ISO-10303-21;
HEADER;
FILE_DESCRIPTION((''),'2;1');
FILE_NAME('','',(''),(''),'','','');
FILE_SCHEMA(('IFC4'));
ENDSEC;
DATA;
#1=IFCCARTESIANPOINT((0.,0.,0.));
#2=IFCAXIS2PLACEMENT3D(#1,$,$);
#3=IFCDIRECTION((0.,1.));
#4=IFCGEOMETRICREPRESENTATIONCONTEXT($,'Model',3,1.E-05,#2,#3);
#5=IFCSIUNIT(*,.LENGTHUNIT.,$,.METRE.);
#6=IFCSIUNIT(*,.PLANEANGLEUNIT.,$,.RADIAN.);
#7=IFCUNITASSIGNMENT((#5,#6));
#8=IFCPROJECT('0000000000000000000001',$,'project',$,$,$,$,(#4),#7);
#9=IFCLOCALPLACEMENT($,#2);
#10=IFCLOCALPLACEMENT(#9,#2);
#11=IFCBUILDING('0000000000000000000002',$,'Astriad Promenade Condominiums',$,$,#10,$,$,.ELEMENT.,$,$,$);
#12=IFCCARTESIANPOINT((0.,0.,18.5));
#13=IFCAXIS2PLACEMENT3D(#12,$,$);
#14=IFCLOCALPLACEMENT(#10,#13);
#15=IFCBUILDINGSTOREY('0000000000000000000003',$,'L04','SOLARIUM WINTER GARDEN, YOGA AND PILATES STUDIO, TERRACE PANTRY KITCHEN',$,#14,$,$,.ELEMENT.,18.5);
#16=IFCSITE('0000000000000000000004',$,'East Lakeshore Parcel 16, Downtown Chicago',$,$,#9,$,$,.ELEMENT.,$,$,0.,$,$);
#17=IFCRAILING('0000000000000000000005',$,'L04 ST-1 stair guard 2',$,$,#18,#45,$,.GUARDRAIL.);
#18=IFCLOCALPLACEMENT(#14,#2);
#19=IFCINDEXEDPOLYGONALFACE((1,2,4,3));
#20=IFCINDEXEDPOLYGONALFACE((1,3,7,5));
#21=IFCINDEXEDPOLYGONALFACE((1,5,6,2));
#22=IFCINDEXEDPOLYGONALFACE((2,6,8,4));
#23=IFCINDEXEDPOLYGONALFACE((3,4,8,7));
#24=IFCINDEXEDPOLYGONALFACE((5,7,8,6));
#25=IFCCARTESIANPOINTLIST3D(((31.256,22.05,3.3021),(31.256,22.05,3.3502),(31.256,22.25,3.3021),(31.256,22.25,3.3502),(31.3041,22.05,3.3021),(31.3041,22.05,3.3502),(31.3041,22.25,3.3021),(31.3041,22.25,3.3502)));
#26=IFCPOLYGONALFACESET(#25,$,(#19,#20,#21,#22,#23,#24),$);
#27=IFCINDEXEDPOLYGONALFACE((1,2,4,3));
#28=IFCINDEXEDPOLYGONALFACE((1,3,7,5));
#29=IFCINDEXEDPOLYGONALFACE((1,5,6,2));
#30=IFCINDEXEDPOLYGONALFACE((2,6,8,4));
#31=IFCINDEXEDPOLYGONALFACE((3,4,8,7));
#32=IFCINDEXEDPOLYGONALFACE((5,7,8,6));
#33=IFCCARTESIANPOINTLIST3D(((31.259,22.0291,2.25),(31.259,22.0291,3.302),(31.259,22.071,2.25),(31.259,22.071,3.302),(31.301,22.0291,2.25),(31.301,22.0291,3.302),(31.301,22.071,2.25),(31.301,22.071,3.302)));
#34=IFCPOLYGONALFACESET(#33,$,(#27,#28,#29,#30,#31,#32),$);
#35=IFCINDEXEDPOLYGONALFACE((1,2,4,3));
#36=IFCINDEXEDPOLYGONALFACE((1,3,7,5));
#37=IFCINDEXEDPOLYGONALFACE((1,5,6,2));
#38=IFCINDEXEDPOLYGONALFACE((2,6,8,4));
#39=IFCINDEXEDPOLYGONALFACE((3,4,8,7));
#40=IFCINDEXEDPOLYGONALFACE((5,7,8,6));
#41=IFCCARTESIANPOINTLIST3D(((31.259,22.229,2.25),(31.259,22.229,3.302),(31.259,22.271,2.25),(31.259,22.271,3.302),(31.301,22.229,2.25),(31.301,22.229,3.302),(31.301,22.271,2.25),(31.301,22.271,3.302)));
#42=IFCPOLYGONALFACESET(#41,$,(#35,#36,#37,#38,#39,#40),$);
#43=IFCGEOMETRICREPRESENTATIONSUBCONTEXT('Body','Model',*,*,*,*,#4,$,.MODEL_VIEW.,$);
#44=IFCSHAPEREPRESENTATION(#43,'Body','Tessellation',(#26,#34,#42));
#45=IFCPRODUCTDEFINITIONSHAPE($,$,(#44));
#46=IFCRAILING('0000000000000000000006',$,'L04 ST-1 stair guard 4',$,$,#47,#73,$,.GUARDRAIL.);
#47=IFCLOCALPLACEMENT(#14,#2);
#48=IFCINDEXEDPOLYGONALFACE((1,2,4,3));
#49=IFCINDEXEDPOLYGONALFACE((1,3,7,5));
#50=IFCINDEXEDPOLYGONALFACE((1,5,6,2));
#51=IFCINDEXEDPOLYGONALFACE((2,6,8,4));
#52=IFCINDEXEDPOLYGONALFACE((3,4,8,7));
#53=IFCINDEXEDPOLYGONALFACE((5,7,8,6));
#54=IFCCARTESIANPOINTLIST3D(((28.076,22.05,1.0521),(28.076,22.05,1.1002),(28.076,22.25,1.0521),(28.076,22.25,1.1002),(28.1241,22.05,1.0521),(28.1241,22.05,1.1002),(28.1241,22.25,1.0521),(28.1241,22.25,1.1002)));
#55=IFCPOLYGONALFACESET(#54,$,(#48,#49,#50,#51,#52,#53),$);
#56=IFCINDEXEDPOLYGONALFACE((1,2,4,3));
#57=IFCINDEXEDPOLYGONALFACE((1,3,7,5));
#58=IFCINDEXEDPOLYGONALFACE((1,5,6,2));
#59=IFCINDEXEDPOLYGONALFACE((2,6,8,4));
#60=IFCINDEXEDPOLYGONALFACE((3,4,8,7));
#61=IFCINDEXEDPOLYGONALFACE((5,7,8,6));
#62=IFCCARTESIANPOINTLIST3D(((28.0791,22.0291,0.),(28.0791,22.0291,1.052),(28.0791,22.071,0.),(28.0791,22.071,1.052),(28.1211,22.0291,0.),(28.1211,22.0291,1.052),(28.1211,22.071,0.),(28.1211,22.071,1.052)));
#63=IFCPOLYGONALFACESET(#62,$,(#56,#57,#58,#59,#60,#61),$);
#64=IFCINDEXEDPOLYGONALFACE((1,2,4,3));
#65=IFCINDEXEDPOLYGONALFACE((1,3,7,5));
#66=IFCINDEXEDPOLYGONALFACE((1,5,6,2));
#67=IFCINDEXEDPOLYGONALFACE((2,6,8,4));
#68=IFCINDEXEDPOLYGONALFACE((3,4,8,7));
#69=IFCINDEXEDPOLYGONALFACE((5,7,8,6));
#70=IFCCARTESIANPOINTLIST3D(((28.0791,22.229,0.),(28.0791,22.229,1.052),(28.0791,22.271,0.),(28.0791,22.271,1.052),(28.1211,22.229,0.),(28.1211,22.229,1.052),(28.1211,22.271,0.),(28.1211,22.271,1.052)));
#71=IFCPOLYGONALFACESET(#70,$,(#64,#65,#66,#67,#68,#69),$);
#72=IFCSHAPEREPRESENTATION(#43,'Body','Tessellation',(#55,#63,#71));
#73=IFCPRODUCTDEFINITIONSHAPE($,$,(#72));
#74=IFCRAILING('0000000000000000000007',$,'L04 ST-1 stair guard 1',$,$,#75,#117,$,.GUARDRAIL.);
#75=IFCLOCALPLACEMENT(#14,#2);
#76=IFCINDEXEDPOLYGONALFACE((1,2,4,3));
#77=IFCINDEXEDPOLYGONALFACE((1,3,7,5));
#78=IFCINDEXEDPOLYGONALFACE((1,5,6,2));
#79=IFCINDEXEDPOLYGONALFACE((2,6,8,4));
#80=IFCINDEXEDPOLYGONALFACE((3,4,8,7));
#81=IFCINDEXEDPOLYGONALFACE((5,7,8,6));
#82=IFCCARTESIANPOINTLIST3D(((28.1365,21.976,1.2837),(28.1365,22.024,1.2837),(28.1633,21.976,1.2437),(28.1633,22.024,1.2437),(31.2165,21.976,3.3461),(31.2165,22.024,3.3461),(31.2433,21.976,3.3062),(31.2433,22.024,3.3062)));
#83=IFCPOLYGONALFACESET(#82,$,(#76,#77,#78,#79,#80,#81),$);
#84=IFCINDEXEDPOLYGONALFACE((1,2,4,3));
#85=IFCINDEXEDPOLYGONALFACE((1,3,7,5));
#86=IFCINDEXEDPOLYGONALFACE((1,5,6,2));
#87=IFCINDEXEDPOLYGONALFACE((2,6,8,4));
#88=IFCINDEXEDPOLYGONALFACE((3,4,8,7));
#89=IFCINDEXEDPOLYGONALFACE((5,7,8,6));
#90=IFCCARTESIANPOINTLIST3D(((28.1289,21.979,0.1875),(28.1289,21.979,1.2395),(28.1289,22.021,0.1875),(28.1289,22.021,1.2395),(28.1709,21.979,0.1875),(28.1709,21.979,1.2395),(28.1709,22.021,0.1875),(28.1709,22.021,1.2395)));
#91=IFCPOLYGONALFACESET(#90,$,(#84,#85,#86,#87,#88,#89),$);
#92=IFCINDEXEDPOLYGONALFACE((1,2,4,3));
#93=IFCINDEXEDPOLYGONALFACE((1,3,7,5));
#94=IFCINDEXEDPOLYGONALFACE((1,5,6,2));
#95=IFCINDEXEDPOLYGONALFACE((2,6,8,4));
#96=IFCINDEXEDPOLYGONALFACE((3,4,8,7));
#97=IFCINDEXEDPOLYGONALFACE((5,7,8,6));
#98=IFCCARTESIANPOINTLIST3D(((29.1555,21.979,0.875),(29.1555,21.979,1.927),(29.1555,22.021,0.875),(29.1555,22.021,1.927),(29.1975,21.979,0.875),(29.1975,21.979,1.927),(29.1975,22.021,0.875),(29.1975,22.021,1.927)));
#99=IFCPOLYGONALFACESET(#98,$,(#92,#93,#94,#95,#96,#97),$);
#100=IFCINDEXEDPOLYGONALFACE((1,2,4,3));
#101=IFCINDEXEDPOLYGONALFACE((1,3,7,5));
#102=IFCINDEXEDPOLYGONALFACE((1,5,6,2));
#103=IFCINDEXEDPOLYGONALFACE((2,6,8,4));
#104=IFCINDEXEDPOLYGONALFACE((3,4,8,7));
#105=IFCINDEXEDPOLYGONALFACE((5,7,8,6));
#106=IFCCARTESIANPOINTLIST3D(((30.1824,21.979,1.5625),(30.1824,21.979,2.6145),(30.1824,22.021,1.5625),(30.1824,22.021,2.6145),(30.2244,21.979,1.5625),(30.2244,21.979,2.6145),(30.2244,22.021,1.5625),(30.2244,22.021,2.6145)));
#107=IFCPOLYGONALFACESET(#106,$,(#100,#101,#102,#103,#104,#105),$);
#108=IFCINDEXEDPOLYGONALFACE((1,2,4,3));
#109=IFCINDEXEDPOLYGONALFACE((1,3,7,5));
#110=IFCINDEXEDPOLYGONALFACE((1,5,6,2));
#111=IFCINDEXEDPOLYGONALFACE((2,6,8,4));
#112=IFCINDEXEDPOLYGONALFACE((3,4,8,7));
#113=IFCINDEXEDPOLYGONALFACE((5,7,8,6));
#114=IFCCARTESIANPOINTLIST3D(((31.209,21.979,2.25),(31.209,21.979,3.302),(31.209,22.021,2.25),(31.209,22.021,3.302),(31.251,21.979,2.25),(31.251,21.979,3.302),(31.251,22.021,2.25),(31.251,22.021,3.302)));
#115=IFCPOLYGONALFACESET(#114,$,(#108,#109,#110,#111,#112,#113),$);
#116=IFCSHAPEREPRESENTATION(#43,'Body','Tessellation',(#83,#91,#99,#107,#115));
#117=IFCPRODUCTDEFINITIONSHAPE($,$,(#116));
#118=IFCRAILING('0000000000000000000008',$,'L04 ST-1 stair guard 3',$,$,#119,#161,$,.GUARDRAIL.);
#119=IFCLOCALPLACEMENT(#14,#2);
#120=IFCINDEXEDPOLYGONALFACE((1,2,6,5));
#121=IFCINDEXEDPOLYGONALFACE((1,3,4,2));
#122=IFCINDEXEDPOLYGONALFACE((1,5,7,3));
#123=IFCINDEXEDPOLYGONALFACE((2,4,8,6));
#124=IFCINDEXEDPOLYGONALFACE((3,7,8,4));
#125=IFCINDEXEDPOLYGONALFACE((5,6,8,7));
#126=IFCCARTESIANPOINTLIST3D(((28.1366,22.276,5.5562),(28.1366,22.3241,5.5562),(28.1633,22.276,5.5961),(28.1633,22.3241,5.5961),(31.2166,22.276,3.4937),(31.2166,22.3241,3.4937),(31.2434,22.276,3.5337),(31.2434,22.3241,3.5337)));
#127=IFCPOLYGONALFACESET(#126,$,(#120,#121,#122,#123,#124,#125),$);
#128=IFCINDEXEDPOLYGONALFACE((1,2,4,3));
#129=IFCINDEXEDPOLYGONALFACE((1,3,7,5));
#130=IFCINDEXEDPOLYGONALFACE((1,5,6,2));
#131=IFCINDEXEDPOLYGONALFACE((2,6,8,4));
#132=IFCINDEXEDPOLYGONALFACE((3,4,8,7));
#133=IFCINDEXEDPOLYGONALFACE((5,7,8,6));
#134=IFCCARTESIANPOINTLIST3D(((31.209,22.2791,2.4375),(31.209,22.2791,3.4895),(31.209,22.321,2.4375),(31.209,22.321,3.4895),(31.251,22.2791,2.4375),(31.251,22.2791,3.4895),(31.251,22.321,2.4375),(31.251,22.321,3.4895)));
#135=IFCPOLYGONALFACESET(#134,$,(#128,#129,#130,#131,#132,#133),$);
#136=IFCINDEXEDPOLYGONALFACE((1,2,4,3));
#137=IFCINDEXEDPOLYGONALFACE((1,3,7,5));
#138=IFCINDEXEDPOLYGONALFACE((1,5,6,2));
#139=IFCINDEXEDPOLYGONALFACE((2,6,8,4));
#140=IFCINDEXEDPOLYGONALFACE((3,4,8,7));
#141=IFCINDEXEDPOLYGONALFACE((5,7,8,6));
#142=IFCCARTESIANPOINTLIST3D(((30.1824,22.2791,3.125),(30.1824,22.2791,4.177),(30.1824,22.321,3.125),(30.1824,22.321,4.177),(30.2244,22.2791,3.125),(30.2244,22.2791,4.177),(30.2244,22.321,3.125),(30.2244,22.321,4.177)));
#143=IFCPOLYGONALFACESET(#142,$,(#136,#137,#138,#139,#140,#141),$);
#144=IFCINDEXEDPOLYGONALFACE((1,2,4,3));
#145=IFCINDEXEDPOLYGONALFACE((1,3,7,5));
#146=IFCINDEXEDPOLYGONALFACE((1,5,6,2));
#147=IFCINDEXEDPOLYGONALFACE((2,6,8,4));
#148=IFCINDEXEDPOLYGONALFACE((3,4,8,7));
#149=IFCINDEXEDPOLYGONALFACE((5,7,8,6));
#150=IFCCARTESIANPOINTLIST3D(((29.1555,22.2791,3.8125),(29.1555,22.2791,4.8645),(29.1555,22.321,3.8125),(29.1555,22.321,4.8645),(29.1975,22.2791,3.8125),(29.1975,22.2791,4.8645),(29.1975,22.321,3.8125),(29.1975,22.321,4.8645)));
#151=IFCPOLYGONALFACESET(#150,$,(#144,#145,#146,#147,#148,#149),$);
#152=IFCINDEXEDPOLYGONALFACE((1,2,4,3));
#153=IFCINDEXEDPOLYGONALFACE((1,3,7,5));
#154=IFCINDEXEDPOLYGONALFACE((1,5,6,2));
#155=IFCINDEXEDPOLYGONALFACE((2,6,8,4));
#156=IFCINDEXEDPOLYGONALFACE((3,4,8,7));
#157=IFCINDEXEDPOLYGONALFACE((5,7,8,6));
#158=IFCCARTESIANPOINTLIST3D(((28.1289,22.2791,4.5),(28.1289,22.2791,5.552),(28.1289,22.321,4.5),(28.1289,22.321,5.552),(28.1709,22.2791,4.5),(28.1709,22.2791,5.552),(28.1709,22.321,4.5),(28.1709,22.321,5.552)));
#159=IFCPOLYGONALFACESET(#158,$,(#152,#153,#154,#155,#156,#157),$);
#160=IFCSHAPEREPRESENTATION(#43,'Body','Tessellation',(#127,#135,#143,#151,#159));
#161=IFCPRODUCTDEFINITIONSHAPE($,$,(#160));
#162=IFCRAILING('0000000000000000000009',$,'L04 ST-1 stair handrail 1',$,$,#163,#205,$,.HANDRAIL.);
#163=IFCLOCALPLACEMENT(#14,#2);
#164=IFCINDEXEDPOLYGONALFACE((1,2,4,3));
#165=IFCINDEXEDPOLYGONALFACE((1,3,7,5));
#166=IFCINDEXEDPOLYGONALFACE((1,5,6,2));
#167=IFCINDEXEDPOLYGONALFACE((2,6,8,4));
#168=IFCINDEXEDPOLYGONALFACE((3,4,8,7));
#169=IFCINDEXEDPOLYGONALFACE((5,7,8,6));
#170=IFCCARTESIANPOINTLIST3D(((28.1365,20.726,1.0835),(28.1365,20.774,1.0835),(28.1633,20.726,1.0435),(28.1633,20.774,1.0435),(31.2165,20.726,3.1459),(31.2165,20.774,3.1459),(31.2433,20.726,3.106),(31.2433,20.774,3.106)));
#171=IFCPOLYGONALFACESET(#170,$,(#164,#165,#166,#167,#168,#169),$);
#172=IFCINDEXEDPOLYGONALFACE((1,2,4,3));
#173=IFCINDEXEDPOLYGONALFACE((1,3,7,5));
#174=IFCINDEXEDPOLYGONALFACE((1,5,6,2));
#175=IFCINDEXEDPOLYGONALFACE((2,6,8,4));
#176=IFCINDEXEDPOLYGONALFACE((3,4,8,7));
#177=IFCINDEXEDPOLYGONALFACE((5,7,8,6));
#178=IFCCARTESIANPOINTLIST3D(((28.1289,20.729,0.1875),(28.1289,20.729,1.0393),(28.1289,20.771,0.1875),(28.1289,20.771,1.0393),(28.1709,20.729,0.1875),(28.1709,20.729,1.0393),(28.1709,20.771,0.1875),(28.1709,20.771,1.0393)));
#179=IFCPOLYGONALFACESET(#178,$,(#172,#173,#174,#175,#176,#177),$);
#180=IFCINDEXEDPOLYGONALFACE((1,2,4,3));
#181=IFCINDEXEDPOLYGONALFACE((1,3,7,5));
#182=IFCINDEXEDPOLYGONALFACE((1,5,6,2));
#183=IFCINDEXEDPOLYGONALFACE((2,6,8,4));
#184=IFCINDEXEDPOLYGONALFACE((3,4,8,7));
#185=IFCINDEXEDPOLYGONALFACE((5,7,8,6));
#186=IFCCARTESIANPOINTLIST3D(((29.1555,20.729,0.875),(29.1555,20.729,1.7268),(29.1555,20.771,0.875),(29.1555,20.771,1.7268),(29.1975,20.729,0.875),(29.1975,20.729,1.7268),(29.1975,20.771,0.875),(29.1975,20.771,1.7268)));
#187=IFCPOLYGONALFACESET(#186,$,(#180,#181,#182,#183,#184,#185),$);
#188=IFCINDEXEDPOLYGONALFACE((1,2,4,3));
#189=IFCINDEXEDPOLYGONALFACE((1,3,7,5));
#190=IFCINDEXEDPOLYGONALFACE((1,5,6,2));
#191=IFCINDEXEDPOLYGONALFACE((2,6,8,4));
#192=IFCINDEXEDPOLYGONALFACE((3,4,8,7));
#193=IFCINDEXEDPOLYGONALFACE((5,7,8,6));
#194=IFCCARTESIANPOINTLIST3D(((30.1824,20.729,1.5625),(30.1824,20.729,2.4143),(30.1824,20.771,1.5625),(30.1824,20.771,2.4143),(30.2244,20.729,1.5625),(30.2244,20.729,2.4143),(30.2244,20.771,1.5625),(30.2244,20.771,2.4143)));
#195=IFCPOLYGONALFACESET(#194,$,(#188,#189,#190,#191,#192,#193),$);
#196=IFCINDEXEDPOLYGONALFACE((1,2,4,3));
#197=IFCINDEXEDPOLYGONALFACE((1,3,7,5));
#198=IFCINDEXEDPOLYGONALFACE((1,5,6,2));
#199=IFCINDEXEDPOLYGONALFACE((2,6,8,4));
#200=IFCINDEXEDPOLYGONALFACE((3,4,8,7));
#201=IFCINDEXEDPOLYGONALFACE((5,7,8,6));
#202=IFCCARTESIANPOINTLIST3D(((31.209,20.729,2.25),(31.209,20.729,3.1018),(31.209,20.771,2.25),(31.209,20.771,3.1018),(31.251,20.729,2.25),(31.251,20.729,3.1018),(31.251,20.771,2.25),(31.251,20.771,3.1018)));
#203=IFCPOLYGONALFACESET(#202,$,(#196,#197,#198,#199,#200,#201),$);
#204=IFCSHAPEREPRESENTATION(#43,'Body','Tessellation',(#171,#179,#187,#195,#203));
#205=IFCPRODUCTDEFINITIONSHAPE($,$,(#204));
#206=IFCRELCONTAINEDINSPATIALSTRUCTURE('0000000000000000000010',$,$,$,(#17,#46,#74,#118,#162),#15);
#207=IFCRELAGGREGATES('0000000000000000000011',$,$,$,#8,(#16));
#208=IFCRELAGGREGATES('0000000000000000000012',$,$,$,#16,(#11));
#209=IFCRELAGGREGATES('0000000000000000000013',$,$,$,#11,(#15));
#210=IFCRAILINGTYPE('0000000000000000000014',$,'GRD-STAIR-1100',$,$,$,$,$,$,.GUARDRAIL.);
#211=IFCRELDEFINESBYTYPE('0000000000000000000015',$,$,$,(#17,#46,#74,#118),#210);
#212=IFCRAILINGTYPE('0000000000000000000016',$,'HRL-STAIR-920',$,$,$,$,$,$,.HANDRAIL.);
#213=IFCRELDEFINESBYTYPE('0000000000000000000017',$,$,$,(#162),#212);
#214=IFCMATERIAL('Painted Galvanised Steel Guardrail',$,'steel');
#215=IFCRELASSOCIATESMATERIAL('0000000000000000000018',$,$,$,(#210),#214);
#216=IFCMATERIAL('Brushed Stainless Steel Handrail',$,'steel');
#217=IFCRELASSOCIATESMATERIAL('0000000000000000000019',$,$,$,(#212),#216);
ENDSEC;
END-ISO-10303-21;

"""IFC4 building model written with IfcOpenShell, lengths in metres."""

from ifc_helpers import new_model, si_unit, direction, frame, origin, origin_2d, place, context, subcontext, project, spatial, rectangle, extrude, source, transform, mapped, material, type_object, type_shapes, element, save


model = new_model("IFC4")

# Units and contexts
model_context = context("Model", 3, precision=1e-05, world=origin(), true_north=direction((0.0, 1.0)))
body_context = subcontext(model_context, "Body", "Model", "MODEL_VIEW")
ifc_project = project(units=[si_unit("LENGTHUNIT", "METRE"), si_unit("PLANEANGLEUNIT", "RADIAN")], contexts=[model_context])

# Site, building, storey
site_placement = place(None, origin())
site = spatial("IfcSite", under=ifc_project, at=site_placement, Name="East Lakeshore Parcel 16, Downtown Chicago", CompositionType="ELEMENT", RefElevation=0.0)
building_placement = place(site_placement, origin())
building = spatial("IfcBuilding", under=site, at=building_placement, Name="Astriad Promenade Condominiums", CompositionType="ELEMENT")
storey_placement = place(building_placement, frame((0.0, 0.0, 18.5)))
storey = spatial("IfcBuildingStorey", under=building, at=storey_placement, Name="L04", Description="SOLARIUM WINTER GARDEN, YOGA AND PILATES STUDIO, TERRACE PANTRY KITCHEN", CompositionType="ELEMENT", Elevation=18.5)

# Railings
ifc_material_1 = material(Name="Painted Galvanised Steel Guardrail", Category="steel")
railing_type_1 = type_object("IfcRailingType", Name="GRD-STAIR-1100", PredefinedType="GUARDRAIL", material=ifc_material_1)
shared_shape_1 = source(origin(), body_context, "Body", "SweptSolid", [
    extrude(rectangle(XDim=0.0481, YDim=0.0481, at=origin_2d()), frame((0.0, 0.0, 1.0762), z_axis=(0.0, 1.0, 0.0), x_axis=(-1.0, 0.0, 0.0)), (0.0, 0.0, 1.0), 0.2),
    extrude(rectangle(XDim=0.042, YDim=0.042, at=origin_2d()), origin(), (0.0, 0.0, 1.0), 1.052),
    extrude(rectangle(XDim=0.042, YDim=0.042, at=origin_2d()), frame((0.0, 0.2, 0.0)), (0.0, 0.0, 1.0), 1.052),
])
for number, where, name in (
    (1, (31.28, 22.05, 2.25), "L04 ST-1 stair guard 2"),
    (2, (28.1001, 22.05, 0.0), "L04 ST-1 stair guard 4"),
):
    element("IfcRailing", number, at=place(storey_placement, frame(where)), inside=storey, type_object=railing_type_1, Name=name, PredefinedType="GUARDRAIL", context=body_context, shape_type="MappedRepresentation", body=[
        mapped(shared_shape_1, transform((0.0, 0.0, 0.0), scale=1.0)),
    ])
shared_shape_2 = source(origin(), body_context, "Body", "SweptSolid", [
    extrude(rectangle(XDim=0.0481, YDim=0.0481, at=origin_2d()), frame((0.0, 0.0, 1.0762), z_axis=(0.830914, 0.0, 0.556401), x_axis=(0.0, 1.0, 0.0)), (0.0, 0.0, 1.0), 3.7068),
    extrude(rectangle(XDim=0.042, YDim=0.042, at=origin_2d()), origin(), (0.0, 0.0, 1.0), 1.052),
    extrude(rectangle(XDim=0.042, YDim=0.042, at=origin_2d()), frame((1.0266, 0.0, 0.6875)), (0.0, 0.0, 1.0), 1.052),
    extrude(rectangle(XDim=0.042, YDim=0.042, at=origin_2d()), frame((2.0535, 0.0, 1.375)), (0.0, 0.0, 1.0), 1.052),
    extrude(rectangle(XDim=0.042, YDim=0.042, at=origin_2d()), frame((3.0801, 0.0, 2.0625)), (0.0, 0.0, 1.0), 1.052),
])
railing_1_placement = place(storey_placement, frame((28.1499, 22.0, 0.1875)))
element("IfcRailing", 3, at=railing_1_placement, inside=storey, type_object=railing_type_1, Name="L04 ST-1 stair guard 1", PredefinedType="GUARDRAIL", context=body_context, shape_type="MappedRepresentation", body=[
    mapped(shared_shape_2, transform((0.0, 0.0, 0.0), scale=1.0)),
])
shared_shape_3 = source(origin(), body_context, "Body", "SweptSolid", [
    extrude(rectangle(XDim=0.0481, YDim=0.0481, at=origin_2d()), frame((0.0, 0.0, 1.0762), z_axis=(-0.830914, 0.0, 0.556401), x_axis=(0.0, -1.0, 0.0)), (0.0, 0.0, 1.0), 3.7068),
    extrude(rectangle(XDim=0.042, YDim=0.042, at=origin_2d()), origin(), (0.0, 0.0, 1.0), 1.052),
    extrude(rectangle(XDim=0.042, YDim=0.042, at=origin_2d()), frame((-1.0266, 0.0, 0.6875)), (0.0, 0.0, 1.0), 1.052),
    extrude(rectangle(XDim=0.042, YDim=0.042, at=origin_2d()), frame((-2.0535, 0.0, 1.375)), (0.0, 0.0, 1.0), 1.052),
    extrude(rectangle(XDim=0.042, YDim=0.042, at=origin_2d()), frame((-3.0801, 0.0, 2.0625)), (0.0, 0.0, 1.0), 1.052),
])
type_shapes(railing_type_1, [shared_shape_1, shared_shape_2, shared_shape_3])
railing_2_placement = place(storey_placement, frame((31.23, 22.3, 2.4375)))
element("IfcRailing", 4, at=railing_2_placement, inside=storey, type_object=railing_type_1, Name="L04 ST-1 stair guard 3", PredefinedType="GUARDRAIL", context=body_context, shape_type="MappedRepresentation", body=[
    mapped(shared_shape_3, transform((0.0, 0.0, 0.0), scale=1.0)),
])
ifc_material_2 = material(Name="Brushed Stainless Steel Handrail", Category="steel")
railing_type_2 = type_object("IfcRailingType", Name="HRL-STAIR-920", PredefinedType="HANDRAIL", material=ifc_material_2)
shared_shape_4 = source(origin(), body_context, "Body", "SweptSolid", [
    extrude(rectangle(XDim=0.0481, YDim=0.0481, at=origin_2d()), frame((0.0, 0.0, 0.876), z_axis=(0.830914, 0.0, 0.556401), x_axis=(0.0, 1.0, 0.0)), (0.0, 0.0, 1.0), 3.7068),
    extrude(rectangle(XDim=0.042, YDim=0.042, at=origin_2d()), origin(), (0.0, 0.0, 1.0), 0.8518),
    extrude(rectangle(XDim=0.042, YDim=0.042, at=origin_2d()), frame((1.0266, 0.0, 0.6875)), (0.0, 0.0, 1.0), 0.8518),
    extrude(rectangle(XDim=0.042, YDim=0.042, at=origin_2d()), frame((2.0535, 0.0, 1.375)), (0.0, 0.0, 1.0), 0.8518),
    extrude(rectangle(XDim=0.042, YDim=0.042, at=origin_2d()), frame((3.0801, 0.0, 2.0625)), (0.0, 0.0, 1.0), 0.8518),
])
railing_3_placement = place(storey_placement, frame((28.1499, 20.75, 0.1875)))
element("IfcRailing", 5, at=railing_3_placement, inside=storey, type_object=railing_type_2, Name="L04 ST-1 stair handrail 1", PredefinedType="HANDRAIL", context=body_context, shape_type="MappedRepresentation", body=[
    mapped(shared_shape_4, transform((0.0, 0.0, 0.0), scale=1.0)),
])

save(model, "model.ifc")
